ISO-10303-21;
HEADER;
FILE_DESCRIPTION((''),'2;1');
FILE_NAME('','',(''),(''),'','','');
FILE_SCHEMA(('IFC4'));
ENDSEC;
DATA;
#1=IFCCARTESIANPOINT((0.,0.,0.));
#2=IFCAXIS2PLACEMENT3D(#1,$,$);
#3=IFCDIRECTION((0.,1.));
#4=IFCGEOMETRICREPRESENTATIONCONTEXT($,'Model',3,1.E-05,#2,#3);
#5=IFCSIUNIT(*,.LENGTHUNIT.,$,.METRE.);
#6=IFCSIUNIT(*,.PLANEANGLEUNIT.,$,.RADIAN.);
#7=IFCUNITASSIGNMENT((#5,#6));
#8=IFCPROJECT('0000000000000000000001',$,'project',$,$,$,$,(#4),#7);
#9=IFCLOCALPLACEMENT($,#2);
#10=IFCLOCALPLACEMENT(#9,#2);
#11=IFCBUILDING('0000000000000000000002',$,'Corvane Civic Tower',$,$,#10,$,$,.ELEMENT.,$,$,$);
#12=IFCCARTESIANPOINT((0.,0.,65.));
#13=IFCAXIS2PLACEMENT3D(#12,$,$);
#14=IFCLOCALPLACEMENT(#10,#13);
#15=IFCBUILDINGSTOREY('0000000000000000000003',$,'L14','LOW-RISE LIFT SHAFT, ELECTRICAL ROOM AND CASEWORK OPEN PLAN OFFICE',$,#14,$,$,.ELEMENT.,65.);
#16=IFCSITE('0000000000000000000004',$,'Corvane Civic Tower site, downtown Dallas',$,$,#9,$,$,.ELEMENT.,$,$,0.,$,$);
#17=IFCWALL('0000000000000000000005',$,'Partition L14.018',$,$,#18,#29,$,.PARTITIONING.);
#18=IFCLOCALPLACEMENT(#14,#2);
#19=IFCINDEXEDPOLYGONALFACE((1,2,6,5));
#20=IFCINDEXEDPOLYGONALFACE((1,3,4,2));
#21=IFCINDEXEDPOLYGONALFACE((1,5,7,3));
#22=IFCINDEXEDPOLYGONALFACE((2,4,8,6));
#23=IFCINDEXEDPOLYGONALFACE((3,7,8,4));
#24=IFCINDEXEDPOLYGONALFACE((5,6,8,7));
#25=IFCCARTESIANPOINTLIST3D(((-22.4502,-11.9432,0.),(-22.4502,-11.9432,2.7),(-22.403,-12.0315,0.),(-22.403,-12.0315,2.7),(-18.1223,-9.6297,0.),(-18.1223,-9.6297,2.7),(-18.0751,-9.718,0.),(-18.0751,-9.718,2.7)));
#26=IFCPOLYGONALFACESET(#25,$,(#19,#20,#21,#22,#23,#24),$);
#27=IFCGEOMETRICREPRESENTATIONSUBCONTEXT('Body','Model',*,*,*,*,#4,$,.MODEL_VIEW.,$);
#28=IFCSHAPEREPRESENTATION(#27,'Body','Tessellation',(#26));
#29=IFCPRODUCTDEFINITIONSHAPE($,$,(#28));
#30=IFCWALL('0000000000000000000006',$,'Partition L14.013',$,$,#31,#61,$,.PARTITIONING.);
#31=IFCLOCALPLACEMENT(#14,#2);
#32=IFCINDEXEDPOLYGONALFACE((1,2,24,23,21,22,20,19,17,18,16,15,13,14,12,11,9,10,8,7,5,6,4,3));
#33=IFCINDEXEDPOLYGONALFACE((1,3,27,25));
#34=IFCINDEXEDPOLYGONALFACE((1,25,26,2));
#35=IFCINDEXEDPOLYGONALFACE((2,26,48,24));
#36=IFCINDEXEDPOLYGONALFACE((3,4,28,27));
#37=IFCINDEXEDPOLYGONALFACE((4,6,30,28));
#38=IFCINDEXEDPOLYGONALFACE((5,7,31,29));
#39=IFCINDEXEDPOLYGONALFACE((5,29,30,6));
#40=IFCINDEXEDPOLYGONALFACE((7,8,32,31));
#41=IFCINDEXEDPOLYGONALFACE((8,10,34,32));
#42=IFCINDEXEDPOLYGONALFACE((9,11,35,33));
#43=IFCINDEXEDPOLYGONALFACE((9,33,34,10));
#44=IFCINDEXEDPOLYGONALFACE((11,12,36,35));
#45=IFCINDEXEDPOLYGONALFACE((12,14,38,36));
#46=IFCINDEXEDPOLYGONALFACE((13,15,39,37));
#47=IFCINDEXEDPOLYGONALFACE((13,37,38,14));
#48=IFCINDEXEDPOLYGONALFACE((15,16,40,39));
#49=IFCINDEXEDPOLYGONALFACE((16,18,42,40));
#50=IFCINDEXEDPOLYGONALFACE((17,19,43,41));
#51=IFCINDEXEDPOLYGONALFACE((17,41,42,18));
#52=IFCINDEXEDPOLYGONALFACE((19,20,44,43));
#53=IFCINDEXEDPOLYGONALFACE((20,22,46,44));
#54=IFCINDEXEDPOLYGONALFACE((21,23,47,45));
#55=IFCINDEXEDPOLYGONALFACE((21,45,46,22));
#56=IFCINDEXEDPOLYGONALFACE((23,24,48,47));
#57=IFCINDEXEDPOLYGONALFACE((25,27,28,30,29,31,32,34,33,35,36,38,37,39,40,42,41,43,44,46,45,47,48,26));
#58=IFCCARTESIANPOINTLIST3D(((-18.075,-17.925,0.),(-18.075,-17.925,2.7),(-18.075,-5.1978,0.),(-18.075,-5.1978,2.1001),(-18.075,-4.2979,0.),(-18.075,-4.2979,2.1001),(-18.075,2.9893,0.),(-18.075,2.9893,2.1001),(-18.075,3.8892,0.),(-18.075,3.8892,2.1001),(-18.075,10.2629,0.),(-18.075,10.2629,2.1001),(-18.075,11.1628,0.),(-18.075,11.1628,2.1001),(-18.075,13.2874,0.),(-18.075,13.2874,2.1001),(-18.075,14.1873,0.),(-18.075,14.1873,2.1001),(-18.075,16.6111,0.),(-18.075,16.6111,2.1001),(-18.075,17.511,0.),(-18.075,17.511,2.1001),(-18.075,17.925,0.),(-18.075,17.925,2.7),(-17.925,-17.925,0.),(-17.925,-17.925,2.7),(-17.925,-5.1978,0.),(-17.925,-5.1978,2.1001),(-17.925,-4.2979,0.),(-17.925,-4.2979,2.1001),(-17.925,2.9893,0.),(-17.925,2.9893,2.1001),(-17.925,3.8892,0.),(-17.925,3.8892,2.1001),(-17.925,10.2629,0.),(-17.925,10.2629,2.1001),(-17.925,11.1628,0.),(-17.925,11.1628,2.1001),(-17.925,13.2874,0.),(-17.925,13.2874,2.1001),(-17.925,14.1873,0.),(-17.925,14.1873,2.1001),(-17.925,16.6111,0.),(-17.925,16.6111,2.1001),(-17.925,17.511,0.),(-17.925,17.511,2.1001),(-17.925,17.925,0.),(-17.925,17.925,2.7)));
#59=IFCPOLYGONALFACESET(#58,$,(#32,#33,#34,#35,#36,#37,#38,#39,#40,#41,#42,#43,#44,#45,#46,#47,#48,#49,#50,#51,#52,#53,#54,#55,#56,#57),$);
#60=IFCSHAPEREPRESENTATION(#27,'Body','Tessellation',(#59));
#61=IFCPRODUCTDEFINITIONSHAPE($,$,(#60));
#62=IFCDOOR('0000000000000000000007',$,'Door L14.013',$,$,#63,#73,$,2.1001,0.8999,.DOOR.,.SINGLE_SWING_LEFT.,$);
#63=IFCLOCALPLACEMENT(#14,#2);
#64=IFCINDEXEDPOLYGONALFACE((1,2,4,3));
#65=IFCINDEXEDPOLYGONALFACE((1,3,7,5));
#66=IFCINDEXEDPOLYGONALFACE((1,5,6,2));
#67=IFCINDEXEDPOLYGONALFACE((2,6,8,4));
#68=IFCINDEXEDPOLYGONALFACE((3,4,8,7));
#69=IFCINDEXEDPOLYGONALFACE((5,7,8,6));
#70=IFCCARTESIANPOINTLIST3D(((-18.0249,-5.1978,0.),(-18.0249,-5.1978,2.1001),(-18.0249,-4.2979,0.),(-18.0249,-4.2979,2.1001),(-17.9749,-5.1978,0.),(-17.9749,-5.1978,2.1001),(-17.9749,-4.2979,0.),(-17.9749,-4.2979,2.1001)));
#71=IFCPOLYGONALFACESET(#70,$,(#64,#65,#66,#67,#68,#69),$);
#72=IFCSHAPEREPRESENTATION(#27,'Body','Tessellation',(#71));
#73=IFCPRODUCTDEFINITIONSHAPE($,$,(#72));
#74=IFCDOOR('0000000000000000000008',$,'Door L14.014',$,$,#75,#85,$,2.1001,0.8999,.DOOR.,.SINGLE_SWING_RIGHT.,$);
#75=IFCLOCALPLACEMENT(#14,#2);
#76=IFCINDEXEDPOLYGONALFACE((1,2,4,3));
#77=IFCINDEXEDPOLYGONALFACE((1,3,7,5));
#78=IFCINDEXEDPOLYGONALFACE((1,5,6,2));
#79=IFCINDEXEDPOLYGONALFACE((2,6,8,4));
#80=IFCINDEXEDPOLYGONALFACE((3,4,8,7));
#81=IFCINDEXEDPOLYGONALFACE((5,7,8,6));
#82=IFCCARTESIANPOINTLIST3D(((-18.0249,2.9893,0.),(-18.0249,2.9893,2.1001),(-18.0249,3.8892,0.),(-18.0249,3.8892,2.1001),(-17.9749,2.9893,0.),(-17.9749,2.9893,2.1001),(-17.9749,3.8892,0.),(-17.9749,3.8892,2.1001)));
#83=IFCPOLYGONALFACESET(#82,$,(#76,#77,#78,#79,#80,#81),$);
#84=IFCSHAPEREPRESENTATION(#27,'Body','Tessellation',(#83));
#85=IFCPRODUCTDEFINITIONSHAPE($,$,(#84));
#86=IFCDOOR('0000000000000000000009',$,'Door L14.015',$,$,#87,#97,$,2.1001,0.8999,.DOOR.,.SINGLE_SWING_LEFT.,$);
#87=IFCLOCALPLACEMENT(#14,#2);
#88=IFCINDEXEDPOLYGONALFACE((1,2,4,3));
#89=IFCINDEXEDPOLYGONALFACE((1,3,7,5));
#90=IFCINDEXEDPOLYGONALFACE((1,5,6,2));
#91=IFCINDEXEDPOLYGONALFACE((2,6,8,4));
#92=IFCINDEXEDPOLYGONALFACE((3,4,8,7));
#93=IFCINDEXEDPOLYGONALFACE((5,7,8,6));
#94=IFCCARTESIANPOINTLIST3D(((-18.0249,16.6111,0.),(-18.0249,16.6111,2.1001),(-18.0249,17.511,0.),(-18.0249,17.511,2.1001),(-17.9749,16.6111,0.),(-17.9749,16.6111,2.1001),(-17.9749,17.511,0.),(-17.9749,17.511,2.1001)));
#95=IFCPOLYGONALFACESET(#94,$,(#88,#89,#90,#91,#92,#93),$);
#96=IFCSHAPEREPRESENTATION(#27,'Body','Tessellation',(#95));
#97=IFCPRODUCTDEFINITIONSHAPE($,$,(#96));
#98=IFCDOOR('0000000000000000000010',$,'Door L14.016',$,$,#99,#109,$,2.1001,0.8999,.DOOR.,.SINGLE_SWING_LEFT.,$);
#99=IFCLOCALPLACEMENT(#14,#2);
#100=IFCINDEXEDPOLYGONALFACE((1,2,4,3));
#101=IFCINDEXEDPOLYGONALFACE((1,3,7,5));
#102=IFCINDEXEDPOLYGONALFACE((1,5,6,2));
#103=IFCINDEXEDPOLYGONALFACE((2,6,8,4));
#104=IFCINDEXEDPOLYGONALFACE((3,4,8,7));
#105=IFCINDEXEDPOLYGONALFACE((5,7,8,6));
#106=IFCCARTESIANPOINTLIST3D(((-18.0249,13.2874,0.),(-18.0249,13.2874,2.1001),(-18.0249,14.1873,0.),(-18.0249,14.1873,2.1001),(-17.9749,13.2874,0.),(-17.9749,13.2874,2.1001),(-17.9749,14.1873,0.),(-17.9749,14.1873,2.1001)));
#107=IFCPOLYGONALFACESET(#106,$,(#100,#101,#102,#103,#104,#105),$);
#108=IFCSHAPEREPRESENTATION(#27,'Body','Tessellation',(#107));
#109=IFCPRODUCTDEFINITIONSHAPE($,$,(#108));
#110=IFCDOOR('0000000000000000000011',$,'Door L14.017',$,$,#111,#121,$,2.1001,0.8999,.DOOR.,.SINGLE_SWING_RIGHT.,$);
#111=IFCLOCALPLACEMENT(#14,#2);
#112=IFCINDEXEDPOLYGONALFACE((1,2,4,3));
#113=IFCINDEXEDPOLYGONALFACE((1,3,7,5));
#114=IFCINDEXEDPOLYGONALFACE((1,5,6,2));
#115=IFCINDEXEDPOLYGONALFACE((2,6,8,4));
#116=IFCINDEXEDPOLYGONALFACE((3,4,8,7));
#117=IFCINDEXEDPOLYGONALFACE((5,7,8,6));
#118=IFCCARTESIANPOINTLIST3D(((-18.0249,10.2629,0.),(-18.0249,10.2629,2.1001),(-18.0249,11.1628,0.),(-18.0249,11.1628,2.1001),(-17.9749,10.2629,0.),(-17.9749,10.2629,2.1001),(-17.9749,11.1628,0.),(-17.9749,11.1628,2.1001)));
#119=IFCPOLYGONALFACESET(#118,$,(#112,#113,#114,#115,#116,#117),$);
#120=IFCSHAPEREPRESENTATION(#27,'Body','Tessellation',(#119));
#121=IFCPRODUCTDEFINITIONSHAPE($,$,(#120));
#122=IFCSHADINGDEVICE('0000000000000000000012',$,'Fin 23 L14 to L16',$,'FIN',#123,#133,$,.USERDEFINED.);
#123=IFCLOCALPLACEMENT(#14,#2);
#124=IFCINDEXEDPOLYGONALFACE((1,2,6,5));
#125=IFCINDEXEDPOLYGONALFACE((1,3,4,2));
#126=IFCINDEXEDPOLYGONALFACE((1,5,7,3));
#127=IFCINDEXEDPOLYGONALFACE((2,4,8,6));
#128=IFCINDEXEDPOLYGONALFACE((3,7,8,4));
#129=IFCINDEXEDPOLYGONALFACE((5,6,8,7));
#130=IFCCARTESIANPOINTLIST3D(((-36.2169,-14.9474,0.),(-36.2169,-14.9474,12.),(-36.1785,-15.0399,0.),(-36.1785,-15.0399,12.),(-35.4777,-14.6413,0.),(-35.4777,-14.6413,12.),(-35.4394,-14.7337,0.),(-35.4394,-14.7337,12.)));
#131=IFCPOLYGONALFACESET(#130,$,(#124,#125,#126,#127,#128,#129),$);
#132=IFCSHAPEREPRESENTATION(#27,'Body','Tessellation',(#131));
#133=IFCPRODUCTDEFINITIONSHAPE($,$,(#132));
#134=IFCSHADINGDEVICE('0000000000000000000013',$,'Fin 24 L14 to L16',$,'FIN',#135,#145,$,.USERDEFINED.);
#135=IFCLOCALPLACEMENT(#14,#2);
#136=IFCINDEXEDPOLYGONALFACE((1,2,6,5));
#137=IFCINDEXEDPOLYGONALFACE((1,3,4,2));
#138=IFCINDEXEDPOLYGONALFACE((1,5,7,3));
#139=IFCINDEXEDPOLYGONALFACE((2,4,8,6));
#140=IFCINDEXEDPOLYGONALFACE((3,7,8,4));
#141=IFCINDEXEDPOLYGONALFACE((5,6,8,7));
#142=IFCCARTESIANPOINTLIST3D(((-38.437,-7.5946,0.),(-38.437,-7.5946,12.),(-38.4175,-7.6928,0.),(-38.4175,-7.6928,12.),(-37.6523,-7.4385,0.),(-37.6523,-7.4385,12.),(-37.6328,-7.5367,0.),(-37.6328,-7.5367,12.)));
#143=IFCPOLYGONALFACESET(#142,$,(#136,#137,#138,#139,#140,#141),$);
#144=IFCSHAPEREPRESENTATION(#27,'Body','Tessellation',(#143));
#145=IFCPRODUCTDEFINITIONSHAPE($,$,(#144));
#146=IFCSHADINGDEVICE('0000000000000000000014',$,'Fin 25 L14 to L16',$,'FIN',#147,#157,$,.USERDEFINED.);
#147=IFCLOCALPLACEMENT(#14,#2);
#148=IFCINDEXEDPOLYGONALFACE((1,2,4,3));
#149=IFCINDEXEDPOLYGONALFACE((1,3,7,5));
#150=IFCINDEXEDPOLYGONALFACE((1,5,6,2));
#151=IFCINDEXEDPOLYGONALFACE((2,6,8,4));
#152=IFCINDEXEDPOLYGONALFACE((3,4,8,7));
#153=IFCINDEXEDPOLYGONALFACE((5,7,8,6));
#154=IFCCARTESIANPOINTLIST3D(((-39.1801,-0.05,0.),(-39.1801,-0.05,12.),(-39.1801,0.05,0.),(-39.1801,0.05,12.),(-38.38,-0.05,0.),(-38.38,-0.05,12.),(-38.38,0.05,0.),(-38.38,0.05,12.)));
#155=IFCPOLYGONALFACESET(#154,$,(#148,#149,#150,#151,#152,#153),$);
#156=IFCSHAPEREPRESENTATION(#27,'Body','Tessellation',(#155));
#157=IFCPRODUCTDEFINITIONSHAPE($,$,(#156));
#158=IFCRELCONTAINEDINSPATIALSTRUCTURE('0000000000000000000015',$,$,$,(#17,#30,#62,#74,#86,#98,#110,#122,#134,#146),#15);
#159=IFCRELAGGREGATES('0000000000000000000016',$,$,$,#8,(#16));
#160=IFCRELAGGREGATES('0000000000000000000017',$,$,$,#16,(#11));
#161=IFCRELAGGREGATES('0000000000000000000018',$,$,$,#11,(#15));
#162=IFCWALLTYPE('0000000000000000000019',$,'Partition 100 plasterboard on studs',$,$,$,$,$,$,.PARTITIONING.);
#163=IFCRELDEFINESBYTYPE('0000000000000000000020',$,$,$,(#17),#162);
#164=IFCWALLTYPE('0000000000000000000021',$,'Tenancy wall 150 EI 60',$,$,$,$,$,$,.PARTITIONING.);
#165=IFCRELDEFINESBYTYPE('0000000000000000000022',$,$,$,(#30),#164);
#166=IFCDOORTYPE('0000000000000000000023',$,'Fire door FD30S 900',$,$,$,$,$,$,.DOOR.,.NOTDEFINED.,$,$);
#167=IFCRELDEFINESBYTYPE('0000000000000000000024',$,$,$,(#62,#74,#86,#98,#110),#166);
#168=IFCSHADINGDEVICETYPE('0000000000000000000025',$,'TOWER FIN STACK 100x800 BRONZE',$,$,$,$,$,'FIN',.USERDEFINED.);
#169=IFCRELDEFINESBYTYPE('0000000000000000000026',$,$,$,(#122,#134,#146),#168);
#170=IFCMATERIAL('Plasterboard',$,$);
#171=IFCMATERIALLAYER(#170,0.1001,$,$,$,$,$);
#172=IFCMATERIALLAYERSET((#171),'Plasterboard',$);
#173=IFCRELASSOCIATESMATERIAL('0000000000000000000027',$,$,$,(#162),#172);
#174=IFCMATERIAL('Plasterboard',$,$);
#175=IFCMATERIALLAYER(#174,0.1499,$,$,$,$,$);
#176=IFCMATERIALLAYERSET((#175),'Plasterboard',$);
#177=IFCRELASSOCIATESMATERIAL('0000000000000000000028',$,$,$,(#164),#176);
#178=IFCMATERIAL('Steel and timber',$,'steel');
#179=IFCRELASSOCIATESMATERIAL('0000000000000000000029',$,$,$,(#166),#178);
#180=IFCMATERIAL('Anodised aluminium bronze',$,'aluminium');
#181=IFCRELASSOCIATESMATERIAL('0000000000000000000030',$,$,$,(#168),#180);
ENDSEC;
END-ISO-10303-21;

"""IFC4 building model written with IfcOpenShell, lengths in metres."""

from ifc_helpers import new_model, si_unit, direction, frame, frame_2d, origin, origin_2d, place, context, subcontext, project, spatial, rectangle, extrude, material, layer, layer_set, material_profile, profile_set, type_object, element, fill, save


model = new_model("IFC4")

# Units and contexts
model_context = context("Model", 3, precision=1e-05, world=origin(), true_north=direction((0.0, 1.0)))
body_context = subcontext(model_context, "Body", "Model", "MODEL_VIEW")
ifc_project = project(units=[si_unit("LENGTHUNIT", "METRE"), si_unit("PLANEANGLEUNIT", "RADIAN")], contexts=[model_context])

# Site, building, storey
site_placement = place(None, origin())
site = spatial("IfcSite", under=ifc_project, at=site_placement, Name="Corvane Civic Tower site, downtown Dallas", CompositionType="ELEMENT", RefElevation=0.0)
building_placement = place(site_placement, origin())
building = spatial("IfcBuilding", under=site, at=building_placement, Name="Corvane Civic Tower", CompositionType="ELEMENT")
storey_placement = place(building_placement, frame((0.0, 0.0, 65.0)))
storey = spatial("IfcBuildingStorey", under=building, at=storey_placement, Name="L14", Description="LOW-RISE LIFT SHAFT, ELECTRICAL ROOM AND CASEWORK OPEN PLAN OFFICE", CompositionType="ELEMENT", Elevation=65.0)

# Shared definitions
ifc_material_1 = material(Name="Plasterboard")
ifc_layer_1 = layer(ifc_material_1, 0.1001)
ifc_layer_set_1 = layer_set([ifc_layer_1], Name="Plasterboard")
wall_type_1 = type_object("IfcWallType", Name="Partition 100 plasterboard on studs", PredefinedType="PARTITIONING", material=ifc_layer_set_1)

# Wall
wall_1_placement = place(storey_placement, frame((-22.4265, -11.9873, 0.0), z_axis=(0.0, 0.0, 1.0), x_axis=(0.881906, 0.471425, 0.0)))
element("IfcWall", 1, at=wall_1_placement, inside=storey, type_object=wall_type_1, Name="Partition L14.018", PredefinedType="PARTITIONING", context=body_context, shape_type="SweptSolid", body=[
    extrude(rectangle(XDim=4.9075, YDim=0.1001, at=frame_2d((2.4536, 0.0))), origin(), (0.0, 0.0, 1.0), 2.7),
])

# Wall, openings, doors
ifc_material_2 = material(Name="Plasterboard")
ifc_layer_2 = layer(ifc_material_2, 0.1499)
ifc_layer_set_2 = layer_set([ifc_layer_2], Name="Plasterboard")
wall_type_2 = type_object("IfcWallType", Name="Tenancy wall 150 EI 60", PredefinedType="PARTITIONING", material=ifc_layer_set_2)
wall_2_placement = place(storey_placement, frame((-18.0, -17.925, 0.0), z_axis=(0.0, 0.0, 1.0), x_axis=(0.0, 1.0, 0.0)))
wall_2 = element("IfcWall", 2, at=wall_2_placement, inside=storey, type_object=wall_type_2, Name="Partition L14.013", PredefinedType="PARTITIONING", context=body_context, shape_type="SweptSolid", body=[
    extrude(rectangle(XDim=35.8501, YDim=0.1499, at=frame_2d((17.925, 0.0))), origin(), (0.0, 0.0, 1.0), 2.7),
])
opening_1_placement = place(wall_2_placement, frame((12.7273, 0.0, 0.0)))
opening_1 = element("IfcOpeningElement", 3, at=opening_1_placement, cuts=wall_2, PredefinedType="OPENING", context=body_context, shape_type="SweptSolid", body=[
    extrude(rectangle(XDim=0.8999, YDim=2.1001, at=frame_2d((0.45, 1.05))), frame((0.0, 0.085, 0.0), z_axis=(0.0, -1.0, 0.0), x_axis=(1.0, 0.0, 0.0)), (0.0, 0.0, 1.0), 0.1699),
])
opening_2_placement = place(wall_2_placement, frame((20.9143, 0.0, 0.0)))
opening_2 = element("IfcOpeningElement", 4, at=opening_2_placement, cuts=wall_2, PredefinedType="OPENING", context=body_context, shape_type="SweptSolid", body=[
    extrude(rectangle(XDim=0.8999, YDim=2.1001, at=frame_2d((0.45, 1.05))), frame((0.0, 0.085, 0.0), z_axis=(0.0, -1.0, 0.0), x_axis=(1.0, 0.0, 0.0)), (0.0, 0.0, 1.0), 0.1699),
])
opening_3_placement = place(wall_2_placement, frame((34.5361, 0.0, 0.0)))
opening_3 = element("IfcOpeningElement", 5, at=opening_3_placement, cuts=wall_2, PredefinedType="OPENING", context=body_context, shape_type="SweptSolid", body=[
    extrude(rectangle(XDim=0.8999, YDim=2.1001, at=frame_2d((0.45, 1.05))), frame((0.0, 0.085, 0.0), z_axis=(0.0, -1.0, 0.0), x_axis=(1.0, 0.0, 0.0)), (0.0, 0.0, 1.0), 0.1699),
])
opening_4_placement = place(wall_2_placement, frame((31.2124, 0.0, 0.0)))
opening_4 = element("IfcOpeningElement", 6, at=opening_4_placement, cuts=wall_2, PredefinedType="OPENING", context=body_context, shape_type="SweptSolid", body=[
    extrude(rectangle(XDim=0.8999, YDim=2.1001, at=frame_2d((0.45, 1.05))), frame((0.0, 0.085, 0.0), z_axis=(0.0, -1.0, 0.0), x_axis=(1.0, 0.0, 0.0)), (0.0, 0.0, 1.0), 0.1699),
])
opening_5_placement = place(wall_2_placement, frame((28.188, 0.0, 0.0)))
opening_5 = element("IfcOpeningElement", 7, at=opening_5_placement, cuts=wall_2, PredefinedType="OPENING", context=body_context, shape_type="SweptSolid", body=[
    extrude(rectangle(XDim=0.8999, YDim=2.1001, at=frame_2d((0.45, 1.05))), frame((0.0, 0.085, 0.0), z_axis=(0.0, -1.0, 0.0), x_axis=(1.0, 0.0, 0.0)), (0.0, 0.0, 1.0), 0.1699),
])
ifc_material_3 = material(Name="Steel and timber", Category="steel")
door_type_1 = type_object("IfcDoorType", Name="Fire door FD30S 900", OperationType="NOTDEFINED", PredefinedType="DOOR", material=ifc_material_3)
door_1_placement = place(opening_1_placement, origin())
door_1 = element("IfcDoor", 8, at=door_1_placement, inside=storey, type_object=door_type_1, Name="Door L14.013", OperationType="SINGLE_SWING_LEFT", OverallHeight=2.1001, OverallWidth=0.8999, PredefinedType="DOOR", context=body_context, shape_type="SweptSolid", body=[
    extrude(rectangle(XDim=0.8999, YDim=2.1001, at=frame_2d((0.45, 1.05))), frame((0.0, 0.0249, 0.0), z_axis=(0.0, -1.0, 0.0), x_axis=(1.0, 0.0, 0.0)), (0.0, 0.0, 1.0), 0.05),
])
fill(opening_1, door_1)
door_2_placement = place(opening_2_placement, origin())
door_2 = element("IfcDoor", 9, at=door_2_placement, inside=storey, type_object=door_type_1, Name="Door L14.014", OperationType="SINGLE_SWING_RIGHT", OverallHeight=2.1001, OverallWidth=0.8999, PredefinedType="DOOR", context=body_context, shape_type="SweptSolid", body=[
    extrude(rectangle(XDim=0.8999, YDim=2.1001, at=frame_2d((0.45, 1.05))), frame((0.0, 0.0249, 0.0), z_axis=(0.0, -1.0, 0.0), x_axis=(1.0, 0.0, 0.0)), (0.0, 0.0, 1.0), 0.05),
])
fill(opening_2, door_2)
door_3_placement = place(opening_3_placement, origin())
door_3 = element("IfcDoor", 10, at=door_3_placement, inside=storey, type_object=door_type_1, Name="Door L14.015", OperationType="SINGLE_SWING_LEFT", OverallHeight=2.1001, OverallWidth=0.8999, PredefinedType="DOOR", context=body_context, shape_type="SweptSolid", body=[
    extrude(rectangle(XDim=0.8999, YDim=2.1001, at=frame_2d((0.45, 1.05))), frame((0.0, 0.0249, 0.0), z_axis=(0.0, -1.0, 0.0), x_axis=(1.0, 0.0, 0.0)), (0.0, 0.0, 1.0), 0.05),
])
fill(opening_3, door_3)
door_4_placement = place(opening_4_placement, origin())
door_4 = element("IfcDoor", 11, at=door_4_placement, inside=storey, type_object=door_type_1, Name="Door L14.016", OperationType="SINGLE_SWING_LEFT", OverallHeight=2.1001, OverallWidth=0.8999, PredefinedType="DOOR", context=body_context, shape_type="SweptSolid", body=[
    extrude(rectangle(XDim=0.8999, YDim=2.1001, at=frame_2d((0.45, 1.05))), frame((0.0, 0.0249, 0.0), z_axis=(0.0, -1.0, 0.0), x_axis=(1.0, 0.0, 0.0)), (0.0, 0.0, 1.0), 0.05),
])
fill(opening_4, door_4)
door_5_placement = place(opening_5_placement, origin())
door_5 = element("IfcDoor", 12, at=door_5_placement, inside=storey, type_object=door_type_1, Name="Door L14.017", OperationType="SINGLE_SWING_RIGHT", OverallHeight=2.1001, OverallWidth=0.8999, PredefinedType="DOOR", context=body_context, shape_type="SweptSolid", body=[
    extrude(rectangle(XDim=0.8999, YDim=2.1001, at=frame_2d((0.45, 1.05))), frame((0.0, 0.0249, 0.0), z_axis=(0.0, -1.0, 0.0), x_axis=(1.0, 0.0, 0.0)), (0.0, 0.0, 1.0), 0.05),
])
fill(opening_5, door_5)

# Shading devices
ifc_material_4 = material(Name="Anodised aluminium bronze", Category="aluminium")
ifc_material_profile_1 = material_profile(ifc_material_4, rectangle(XDim=0.1001, YDim=0.8, at=origin_2d()), Name="TOWER FIN STACK 100x800 BRONZE")
ifc_profile_set_1 = profile_set([ifc_material_profile_1], Name="Anodised aluminium bronze")
shading_device_type = type_object("IfcShadingDeviceType", Name="TOWER FIN STACK 100x800 BRONZE", ElementType="FIN", PredefinedType="USERDEFINED", material=ifc_profile_set_1)
for number, where, z_axis, x_axis, name in (
    (13, (-35.8281, -14.8406, 0.0), (0.0, 0.0, 1.0), (-0.382683, 0.92388, 0.0), "Fin 23 L14 to L16"),
    (14, (-38.0349, -7.5657, 0.0), (0.0, 0.0, 1.0), (-0.19509, 0.980785, 0.0), "Fin 24 L14 to L16"),
    (15, (-38.78, 0.0, 0.0), (0.0, 0.0, 1.0), (0.0, 1.0, 0.0), "Fin 25 L14 to L16"),
):
    element("IfcShadingDevice", number, at=place(storey_placement, frame(where, z_axis=z_axis, x_axis=x_axis)), inside=storey, type_object=shading_device_type, Name=name, ObjectType="FIN", PredefinedType="USERDEFINED", context=body_context, shape_type="SweptSolid", body=[
        extrude(rectangle(XDim=0.1001, YDim=0.8, at=origin_2d()), origin(), (0.0, 0.0, 1.0), 12.0),
    ])

save(model, "model.ifc")
